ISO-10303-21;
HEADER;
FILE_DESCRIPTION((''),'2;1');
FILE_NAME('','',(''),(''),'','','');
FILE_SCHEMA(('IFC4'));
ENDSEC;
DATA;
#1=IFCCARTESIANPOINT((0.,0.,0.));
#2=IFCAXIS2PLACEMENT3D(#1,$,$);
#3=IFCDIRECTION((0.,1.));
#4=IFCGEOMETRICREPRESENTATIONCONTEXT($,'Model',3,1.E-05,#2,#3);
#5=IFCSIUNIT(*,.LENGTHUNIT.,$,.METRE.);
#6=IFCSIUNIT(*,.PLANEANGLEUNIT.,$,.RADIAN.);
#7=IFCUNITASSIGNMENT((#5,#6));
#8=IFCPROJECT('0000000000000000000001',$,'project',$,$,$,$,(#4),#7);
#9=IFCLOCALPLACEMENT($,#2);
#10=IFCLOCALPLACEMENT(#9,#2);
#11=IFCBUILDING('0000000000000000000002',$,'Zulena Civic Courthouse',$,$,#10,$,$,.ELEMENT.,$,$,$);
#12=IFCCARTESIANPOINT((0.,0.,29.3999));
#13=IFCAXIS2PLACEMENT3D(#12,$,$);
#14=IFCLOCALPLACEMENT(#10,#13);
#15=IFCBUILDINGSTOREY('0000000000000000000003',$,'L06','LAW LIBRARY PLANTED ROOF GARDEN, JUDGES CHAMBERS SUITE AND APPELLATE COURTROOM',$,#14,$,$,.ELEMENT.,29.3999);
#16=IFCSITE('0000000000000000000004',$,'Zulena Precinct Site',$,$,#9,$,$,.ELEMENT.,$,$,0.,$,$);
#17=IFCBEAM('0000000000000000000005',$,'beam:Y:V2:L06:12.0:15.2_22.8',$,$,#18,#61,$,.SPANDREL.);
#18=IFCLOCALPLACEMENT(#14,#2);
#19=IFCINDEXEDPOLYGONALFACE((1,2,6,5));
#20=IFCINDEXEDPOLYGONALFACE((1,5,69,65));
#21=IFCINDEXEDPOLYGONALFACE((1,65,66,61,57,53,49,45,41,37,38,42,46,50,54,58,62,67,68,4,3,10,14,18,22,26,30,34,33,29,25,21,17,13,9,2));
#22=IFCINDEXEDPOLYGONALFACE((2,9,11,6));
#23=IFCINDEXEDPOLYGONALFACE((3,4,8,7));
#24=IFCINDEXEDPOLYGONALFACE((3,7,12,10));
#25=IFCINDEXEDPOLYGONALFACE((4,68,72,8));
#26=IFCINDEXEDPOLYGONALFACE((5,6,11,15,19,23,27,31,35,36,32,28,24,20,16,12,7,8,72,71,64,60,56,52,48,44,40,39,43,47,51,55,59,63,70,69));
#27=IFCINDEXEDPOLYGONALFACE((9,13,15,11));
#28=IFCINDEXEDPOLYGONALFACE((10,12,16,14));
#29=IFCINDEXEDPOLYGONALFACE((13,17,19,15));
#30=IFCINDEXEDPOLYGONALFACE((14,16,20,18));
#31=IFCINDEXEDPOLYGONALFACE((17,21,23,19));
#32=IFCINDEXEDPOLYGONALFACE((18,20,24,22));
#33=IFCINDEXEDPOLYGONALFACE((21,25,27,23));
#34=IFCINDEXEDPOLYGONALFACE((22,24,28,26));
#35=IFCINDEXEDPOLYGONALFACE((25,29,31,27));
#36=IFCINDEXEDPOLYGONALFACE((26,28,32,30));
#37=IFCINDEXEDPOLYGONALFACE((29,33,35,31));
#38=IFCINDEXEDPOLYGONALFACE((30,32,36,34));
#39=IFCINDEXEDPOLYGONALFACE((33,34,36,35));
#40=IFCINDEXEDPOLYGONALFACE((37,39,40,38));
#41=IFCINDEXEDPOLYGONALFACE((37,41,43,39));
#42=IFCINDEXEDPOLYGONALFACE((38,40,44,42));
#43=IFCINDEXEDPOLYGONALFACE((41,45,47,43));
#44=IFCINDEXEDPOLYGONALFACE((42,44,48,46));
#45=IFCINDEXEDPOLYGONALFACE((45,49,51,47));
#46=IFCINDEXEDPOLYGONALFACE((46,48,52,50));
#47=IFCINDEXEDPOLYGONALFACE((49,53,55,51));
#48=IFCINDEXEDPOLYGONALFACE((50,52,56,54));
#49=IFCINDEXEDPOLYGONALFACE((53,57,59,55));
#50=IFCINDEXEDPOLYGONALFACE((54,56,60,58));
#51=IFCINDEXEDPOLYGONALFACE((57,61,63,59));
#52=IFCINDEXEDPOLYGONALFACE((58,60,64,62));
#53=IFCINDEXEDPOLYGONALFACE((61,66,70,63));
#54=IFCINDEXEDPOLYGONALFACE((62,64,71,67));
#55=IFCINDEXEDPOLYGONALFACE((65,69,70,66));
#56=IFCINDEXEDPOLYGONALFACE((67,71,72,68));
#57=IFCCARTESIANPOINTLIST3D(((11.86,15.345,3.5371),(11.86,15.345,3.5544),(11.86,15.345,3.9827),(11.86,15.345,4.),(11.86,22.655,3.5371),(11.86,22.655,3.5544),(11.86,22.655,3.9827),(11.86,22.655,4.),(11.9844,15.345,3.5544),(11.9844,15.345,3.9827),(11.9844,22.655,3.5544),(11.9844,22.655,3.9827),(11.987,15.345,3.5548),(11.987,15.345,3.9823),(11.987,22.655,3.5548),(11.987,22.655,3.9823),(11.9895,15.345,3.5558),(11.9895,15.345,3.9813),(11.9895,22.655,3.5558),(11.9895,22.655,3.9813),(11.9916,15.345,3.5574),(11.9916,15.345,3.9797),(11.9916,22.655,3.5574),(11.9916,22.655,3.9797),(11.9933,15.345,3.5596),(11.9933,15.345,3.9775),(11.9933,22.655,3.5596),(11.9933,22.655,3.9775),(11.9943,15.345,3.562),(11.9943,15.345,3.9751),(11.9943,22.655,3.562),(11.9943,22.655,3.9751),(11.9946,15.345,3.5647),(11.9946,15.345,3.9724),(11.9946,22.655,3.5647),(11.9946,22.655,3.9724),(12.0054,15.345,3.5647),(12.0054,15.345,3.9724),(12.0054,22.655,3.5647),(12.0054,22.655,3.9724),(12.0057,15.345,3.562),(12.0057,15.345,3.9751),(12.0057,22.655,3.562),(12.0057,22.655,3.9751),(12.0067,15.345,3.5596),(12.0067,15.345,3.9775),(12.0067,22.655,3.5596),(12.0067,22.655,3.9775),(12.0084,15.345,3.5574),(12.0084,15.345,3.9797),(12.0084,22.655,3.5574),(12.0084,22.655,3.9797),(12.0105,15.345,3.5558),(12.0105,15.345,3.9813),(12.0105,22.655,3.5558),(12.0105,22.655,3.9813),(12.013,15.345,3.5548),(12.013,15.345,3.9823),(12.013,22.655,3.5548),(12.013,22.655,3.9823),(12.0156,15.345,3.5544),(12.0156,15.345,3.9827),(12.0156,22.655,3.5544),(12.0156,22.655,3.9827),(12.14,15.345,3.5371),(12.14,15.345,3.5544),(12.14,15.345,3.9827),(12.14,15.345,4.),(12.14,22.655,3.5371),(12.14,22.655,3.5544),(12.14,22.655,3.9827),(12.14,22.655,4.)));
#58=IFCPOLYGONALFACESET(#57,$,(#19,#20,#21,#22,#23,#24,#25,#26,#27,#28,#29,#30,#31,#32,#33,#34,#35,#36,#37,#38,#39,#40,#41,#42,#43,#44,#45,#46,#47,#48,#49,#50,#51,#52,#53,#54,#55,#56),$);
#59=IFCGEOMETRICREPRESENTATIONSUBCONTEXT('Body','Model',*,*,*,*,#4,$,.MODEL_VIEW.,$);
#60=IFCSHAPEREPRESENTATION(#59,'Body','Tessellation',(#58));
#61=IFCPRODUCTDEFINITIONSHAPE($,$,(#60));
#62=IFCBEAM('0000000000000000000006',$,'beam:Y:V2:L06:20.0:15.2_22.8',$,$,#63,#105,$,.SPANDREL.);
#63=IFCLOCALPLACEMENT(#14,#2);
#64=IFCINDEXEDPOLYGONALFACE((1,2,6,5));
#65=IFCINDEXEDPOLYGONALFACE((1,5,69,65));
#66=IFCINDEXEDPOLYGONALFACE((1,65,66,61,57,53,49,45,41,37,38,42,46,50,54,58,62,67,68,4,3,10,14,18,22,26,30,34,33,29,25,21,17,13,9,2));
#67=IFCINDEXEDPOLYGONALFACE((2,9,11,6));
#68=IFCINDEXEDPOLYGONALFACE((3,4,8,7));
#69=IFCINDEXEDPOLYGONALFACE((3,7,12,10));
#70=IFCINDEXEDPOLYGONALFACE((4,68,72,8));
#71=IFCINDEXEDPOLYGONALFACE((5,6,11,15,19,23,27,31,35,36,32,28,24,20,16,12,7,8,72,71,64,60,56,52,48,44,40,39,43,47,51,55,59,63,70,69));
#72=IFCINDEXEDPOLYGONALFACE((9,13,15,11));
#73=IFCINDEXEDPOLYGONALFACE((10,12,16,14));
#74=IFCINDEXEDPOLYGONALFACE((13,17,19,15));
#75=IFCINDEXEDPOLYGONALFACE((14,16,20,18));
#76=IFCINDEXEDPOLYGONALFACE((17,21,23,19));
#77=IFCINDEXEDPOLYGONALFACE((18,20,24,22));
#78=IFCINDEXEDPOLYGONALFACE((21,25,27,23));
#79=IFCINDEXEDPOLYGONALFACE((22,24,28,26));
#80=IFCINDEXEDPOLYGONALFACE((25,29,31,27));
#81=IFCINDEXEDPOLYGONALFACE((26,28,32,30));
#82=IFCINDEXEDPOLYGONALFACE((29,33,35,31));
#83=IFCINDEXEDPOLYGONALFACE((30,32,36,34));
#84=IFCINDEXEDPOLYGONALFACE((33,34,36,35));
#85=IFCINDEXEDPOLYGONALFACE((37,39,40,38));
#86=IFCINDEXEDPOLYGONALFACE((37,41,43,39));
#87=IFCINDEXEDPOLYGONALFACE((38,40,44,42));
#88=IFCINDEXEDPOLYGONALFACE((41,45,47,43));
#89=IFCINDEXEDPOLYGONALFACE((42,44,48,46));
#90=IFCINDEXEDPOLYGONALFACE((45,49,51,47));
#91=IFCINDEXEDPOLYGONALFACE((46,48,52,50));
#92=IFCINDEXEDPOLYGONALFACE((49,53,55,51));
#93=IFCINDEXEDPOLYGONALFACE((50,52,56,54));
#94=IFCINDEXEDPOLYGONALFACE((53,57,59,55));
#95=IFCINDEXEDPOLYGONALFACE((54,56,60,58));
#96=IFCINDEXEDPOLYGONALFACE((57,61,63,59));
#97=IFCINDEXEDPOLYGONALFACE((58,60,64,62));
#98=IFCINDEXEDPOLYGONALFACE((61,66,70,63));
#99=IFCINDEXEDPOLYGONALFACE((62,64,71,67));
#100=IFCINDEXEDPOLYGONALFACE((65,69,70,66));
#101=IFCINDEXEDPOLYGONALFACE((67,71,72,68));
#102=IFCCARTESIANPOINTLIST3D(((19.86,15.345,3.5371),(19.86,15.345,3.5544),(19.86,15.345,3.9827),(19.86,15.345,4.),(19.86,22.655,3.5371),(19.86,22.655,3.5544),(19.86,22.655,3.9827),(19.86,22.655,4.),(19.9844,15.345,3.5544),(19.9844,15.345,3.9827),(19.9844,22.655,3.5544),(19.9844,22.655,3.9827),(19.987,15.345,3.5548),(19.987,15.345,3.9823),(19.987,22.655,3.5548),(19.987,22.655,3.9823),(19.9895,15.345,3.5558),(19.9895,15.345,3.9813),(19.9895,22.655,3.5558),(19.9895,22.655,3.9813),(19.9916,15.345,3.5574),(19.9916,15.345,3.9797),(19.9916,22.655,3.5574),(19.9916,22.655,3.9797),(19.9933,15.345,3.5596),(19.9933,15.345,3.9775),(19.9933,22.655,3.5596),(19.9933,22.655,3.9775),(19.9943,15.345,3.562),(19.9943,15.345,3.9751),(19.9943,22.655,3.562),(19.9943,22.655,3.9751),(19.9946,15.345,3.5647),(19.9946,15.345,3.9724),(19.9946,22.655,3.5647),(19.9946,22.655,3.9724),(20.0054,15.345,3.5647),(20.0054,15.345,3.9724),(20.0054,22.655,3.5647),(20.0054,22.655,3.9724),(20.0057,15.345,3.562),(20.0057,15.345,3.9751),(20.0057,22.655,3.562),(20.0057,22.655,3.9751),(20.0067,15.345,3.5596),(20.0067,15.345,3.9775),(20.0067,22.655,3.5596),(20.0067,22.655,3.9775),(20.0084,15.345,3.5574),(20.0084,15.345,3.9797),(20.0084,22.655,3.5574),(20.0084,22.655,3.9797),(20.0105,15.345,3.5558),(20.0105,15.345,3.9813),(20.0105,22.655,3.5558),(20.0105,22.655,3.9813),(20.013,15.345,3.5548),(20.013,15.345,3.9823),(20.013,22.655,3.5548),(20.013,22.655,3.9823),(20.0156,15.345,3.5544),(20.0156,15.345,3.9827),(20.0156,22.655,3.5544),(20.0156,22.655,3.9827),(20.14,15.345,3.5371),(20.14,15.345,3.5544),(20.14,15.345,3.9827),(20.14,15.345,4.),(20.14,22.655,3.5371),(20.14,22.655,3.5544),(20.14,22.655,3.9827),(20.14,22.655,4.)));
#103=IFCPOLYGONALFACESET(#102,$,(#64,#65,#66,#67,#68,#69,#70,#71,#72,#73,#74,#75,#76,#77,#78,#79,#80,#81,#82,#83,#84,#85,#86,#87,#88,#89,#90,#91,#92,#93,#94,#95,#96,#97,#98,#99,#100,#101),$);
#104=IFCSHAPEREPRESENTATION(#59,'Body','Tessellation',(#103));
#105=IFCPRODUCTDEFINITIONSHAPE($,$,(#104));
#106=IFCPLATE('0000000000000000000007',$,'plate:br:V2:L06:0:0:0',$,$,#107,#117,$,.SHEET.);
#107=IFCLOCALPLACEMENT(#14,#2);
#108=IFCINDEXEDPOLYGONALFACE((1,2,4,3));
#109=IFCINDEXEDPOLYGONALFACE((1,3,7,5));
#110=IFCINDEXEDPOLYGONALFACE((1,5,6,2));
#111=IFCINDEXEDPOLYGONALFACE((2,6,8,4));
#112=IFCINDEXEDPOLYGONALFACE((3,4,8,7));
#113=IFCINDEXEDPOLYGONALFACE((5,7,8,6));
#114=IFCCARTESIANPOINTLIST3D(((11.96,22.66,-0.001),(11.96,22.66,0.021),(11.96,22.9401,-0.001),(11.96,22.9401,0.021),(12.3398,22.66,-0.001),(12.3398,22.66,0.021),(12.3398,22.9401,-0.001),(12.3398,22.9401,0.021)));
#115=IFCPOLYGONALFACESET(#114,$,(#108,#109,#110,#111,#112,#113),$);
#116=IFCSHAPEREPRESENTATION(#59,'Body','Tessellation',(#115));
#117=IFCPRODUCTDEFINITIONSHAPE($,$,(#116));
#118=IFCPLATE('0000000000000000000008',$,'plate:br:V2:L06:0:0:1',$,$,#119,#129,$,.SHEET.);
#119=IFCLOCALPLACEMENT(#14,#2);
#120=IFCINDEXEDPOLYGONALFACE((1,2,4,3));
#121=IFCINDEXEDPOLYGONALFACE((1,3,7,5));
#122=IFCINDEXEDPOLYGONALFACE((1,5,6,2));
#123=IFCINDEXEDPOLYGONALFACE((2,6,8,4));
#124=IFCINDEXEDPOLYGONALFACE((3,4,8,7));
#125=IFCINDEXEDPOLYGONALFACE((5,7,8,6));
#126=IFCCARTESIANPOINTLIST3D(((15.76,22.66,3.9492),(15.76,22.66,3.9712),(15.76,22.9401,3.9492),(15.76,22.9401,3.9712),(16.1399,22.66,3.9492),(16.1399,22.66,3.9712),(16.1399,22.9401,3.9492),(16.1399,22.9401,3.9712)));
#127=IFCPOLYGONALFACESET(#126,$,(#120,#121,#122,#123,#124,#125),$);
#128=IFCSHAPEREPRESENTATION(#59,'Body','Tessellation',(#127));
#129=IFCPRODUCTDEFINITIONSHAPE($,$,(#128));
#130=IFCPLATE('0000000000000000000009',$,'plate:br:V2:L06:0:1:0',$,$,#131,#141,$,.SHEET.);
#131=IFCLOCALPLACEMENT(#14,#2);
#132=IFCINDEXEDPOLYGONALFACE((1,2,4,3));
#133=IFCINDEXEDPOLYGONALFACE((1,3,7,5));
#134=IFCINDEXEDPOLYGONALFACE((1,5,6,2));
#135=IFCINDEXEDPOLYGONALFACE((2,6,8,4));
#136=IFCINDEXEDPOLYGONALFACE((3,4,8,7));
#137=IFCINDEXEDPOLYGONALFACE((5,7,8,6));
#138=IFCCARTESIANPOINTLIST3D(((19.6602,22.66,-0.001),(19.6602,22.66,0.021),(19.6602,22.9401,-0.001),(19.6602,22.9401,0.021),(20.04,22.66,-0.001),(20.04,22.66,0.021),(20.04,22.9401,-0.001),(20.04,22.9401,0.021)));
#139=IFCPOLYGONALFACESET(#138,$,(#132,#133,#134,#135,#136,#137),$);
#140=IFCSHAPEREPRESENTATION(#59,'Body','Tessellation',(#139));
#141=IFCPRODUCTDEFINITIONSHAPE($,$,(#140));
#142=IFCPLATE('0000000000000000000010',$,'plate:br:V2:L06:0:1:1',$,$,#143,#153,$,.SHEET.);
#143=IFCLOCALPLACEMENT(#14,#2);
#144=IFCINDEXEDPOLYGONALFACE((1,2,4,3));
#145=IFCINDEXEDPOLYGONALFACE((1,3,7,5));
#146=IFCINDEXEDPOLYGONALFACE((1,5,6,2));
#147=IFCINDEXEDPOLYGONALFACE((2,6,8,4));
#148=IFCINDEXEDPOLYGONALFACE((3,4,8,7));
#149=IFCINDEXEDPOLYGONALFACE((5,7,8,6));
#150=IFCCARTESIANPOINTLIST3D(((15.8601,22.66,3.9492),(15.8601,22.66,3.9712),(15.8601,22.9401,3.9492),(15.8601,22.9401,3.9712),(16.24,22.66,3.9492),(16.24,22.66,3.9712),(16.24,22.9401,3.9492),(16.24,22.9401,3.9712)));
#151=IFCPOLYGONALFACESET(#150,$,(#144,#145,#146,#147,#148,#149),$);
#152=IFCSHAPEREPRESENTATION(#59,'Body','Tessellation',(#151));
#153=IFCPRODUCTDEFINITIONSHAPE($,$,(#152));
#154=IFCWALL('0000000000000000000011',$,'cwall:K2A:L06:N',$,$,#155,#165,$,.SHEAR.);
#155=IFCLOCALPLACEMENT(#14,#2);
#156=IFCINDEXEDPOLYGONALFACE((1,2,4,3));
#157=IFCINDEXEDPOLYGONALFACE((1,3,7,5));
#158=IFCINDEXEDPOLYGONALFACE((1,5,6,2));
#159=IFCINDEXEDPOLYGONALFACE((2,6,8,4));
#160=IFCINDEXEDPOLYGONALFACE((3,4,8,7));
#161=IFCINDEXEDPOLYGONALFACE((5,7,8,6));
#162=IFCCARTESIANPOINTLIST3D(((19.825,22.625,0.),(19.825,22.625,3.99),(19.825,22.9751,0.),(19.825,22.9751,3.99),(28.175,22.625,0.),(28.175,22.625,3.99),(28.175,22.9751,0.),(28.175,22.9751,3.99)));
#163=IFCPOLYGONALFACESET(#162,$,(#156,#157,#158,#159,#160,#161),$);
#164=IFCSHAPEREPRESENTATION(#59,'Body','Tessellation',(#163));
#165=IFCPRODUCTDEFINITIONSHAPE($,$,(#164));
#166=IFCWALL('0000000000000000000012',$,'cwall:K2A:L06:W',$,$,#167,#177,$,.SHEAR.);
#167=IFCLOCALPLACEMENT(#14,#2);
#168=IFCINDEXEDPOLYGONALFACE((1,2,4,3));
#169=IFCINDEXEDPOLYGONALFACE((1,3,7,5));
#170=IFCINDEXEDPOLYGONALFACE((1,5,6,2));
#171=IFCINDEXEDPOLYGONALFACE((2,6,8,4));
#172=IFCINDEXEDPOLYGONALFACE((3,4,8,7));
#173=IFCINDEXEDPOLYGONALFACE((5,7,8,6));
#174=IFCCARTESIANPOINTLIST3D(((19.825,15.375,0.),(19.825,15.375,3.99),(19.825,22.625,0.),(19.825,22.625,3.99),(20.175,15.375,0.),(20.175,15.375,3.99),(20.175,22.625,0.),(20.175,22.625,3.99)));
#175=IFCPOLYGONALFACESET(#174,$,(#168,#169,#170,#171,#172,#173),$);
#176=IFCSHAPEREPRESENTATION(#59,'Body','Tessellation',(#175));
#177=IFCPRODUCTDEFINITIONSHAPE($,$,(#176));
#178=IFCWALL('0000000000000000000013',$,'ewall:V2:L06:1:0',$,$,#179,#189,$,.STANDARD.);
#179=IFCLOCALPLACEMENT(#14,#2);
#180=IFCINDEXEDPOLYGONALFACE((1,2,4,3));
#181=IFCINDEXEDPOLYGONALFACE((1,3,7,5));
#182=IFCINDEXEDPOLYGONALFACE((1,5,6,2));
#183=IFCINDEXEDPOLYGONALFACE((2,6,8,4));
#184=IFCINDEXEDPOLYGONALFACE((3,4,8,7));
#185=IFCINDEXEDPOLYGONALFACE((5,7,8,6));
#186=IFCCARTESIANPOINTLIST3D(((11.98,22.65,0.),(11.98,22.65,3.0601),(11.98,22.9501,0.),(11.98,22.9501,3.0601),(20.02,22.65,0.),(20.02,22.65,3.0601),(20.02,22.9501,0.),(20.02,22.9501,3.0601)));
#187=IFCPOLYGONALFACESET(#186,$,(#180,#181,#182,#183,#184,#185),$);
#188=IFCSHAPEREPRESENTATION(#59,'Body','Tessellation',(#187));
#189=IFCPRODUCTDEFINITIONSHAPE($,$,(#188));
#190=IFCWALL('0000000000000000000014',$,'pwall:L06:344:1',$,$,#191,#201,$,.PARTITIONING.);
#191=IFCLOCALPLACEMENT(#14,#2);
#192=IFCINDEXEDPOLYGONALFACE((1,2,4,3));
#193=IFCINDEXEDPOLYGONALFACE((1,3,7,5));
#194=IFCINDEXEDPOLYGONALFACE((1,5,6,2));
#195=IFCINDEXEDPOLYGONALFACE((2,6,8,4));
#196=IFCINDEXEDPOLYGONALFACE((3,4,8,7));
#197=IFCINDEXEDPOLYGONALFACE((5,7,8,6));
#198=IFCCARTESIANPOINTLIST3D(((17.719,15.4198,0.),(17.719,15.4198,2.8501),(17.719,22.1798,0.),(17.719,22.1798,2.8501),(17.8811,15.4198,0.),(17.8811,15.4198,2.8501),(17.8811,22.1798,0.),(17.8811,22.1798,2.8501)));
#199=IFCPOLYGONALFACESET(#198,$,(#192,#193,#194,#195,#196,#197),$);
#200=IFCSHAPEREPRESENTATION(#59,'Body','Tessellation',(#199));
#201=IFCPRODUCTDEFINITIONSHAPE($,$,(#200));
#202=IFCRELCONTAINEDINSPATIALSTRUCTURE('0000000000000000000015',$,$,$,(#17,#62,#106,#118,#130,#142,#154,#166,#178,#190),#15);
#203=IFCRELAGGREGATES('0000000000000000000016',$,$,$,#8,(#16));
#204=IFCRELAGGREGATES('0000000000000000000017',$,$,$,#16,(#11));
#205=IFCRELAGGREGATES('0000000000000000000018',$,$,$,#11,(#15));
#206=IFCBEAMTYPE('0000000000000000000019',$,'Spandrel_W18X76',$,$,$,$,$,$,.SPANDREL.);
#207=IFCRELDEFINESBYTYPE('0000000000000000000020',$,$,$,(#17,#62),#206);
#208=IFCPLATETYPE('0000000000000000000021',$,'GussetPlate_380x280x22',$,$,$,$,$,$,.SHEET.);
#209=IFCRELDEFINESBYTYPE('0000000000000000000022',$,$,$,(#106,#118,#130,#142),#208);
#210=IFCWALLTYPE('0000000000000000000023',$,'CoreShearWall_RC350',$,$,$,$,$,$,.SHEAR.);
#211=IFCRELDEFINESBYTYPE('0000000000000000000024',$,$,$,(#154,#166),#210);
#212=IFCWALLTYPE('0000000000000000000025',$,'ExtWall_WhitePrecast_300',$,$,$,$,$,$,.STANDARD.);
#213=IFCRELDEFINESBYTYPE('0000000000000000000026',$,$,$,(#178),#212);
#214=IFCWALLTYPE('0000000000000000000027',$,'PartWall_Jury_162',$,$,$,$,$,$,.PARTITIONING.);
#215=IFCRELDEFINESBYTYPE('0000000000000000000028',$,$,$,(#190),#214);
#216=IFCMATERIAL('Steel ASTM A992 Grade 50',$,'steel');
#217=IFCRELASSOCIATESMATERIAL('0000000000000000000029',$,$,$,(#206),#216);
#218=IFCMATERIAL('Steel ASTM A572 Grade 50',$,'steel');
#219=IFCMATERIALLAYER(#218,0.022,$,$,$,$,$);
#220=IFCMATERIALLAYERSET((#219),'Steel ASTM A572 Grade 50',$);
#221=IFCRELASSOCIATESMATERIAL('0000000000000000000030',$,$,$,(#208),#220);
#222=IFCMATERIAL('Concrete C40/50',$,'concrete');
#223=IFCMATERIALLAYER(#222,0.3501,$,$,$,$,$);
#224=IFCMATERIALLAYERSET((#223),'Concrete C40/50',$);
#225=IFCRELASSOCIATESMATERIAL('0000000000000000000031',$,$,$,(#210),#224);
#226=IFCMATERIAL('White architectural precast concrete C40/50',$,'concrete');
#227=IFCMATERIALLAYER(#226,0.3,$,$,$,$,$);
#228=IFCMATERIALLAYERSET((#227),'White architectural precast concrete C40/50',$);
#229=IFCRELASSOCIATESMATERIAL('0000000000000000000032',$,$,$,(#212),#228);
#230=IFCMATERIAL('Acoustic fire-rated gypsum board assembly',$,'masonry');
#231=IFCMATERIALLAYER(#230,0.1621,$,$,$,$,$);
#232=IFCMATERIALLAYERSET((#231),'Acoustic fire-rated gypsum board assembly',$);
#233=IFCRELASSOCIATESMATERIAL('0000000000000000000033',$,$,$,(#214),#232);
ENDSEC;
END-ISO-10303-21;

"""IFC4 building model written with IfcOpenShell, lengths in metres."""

from ifc_helpers import new_model, si_unit, direction, frame, frame_2d, origin, origin_2d, place, context, subcontext, project, spatial, rectangle, i_section, extrude, material, layer, layer_set, material_profile, profile_set, type_object, element, save


model = new_model("IFC4")

# Units and contexts
model_context = context("Model", 3, precision=1e-05, world=origin(), true_north=direction((0.0, 1.0)))
body_context = subcontext(model_context, "Body", "Model", "MODEL_VIEW")
ifc_project = project(units=[si_unit("LENGTHUNIT", "METRE"), si_unit("PLANEANGLEUNIT", "RADIAN")], contexts=[model_context])

# Site, building, storey
site_placement = place(None, origin())
site = spatial("IfcSite", under=ifc_project, at=site_placement, Name="Zulena Precinct Site", CompositionType="ELEMENT", RefElevation=0.0)
building_placement = place(site_placement, origin())
building = spatial("IfcBuilding", under=site, at=building_placement, Name="Zulena Civic Courthouse", CompositionType="ELEMENT")
storey_placement = place(building_placement, frame((0.0, 0.0, 29.3999)))
storey = spatial("IfcBuildingStorey", under=building, at=storey_placement, Name="L06", Description="LAW LIBRARY PLANTED ROOF GARDEN, JUDGES CHAMBERS SUITE AND APPELLATE COURTROOM", CompositionType="ELEMENT", Elevation=29.3999)

# Shared definitions
ifc_material_1 = material(Name="Steel ASTM A992 Grade 50", Category="steel")

# Beams
ifc_material_profile_1 = material_profile(ifc_material_1, i_section(OverallWidth=0.28, OverallDepth=0.4629, WebThickness=0.0107, FlangeThickness=0.0173, FilletRadius=0.0103, at=origin_2d()), Name="W18X76")
ifc_profile_set_1 = profile_set([ifc_material_profile_1], Name="Steel ASTM A992 Grade 50")
beam_type_1 = type_object("IfcBeamType", Name="Spandrel_W18X76", PredefinedType="SPANDREL", material=ifc_profile_set_1)
for number, where, z_axis, x_axis, name in (
    (1, (12.0, 15.345, 3.7686), (0.0, 1.0, 0.0), (-1.0, 0.0, 0.0), "beam:Y:V2:L06:12.0:15.2_22.8"),
    (2, (20.0, 15.345, 3.7686), (0.0, 1.0, 0.0), (-1.0, 0.0, 0.0), "beam:Y:V2:L06:20.0:15.2_22.8"),
):
    element("IfcBeam", number, at=place(storey_placement, frame(where, z_axis=z_axis, x_axis=x_axis)), inside=storey, type_object=beam_type_1, Name=name, PredefinedType="SPANDREL", context=body_context, shape_type="SweptSolid", body=[
        extrude(i_section(OverallWidth=0.28, OverallDepth=0.4629, WebThickness=0.0107, FlangeThickness=0.0173, FilletRadius=0.0103, at=origin_2d()), origin(), (0.0, 0.0, 1.0), 7.3101),
    ])

# Plates
ifc_material_2 = material(Name="Steel ASTM A572 Grade 50", Category="steel")
ifc_layer_1 = layer(ifc_material_2, 0.022)
ifc_layer_set_1 = layer_set([ifc_layer_1], Name="Steel ASTM A572 Grade 50")
plate_type = type_object("IfcPlateType", Name="GussetPlate_380x280x22", PredefinedType="SHEET", material=ifc_layer_set_1)
for number, where, z_axis, x_axis, name in (
    (3, (12.1499, 22.8, -0.001), (0.0, 0.0, 1.0), (1.0, 0.0, 0.0), "plate:br:V2:L06:0:0:0"),
    (4, (15.95, 22.8, 3.9492), (0.0, 0.0, 1.0), (1.0, 0.0, 0.0), "plate:br:V2:L06:0:0:1"),
    (5, (19.8501, 22.8, -0.001), (0.0, 0.0, 1.0), (1.0, 0.0, 0.0), "plate:br:V2:L06:0:1:0"),
    (6, (16.05, 22.8, 3.9492), (0.0, 0.0, 1.0), (1.0, 0.0, 0.0), "plate:br:V2:L06:0:1:1"),
):
    element("IfcPlate", number, at=place(storey_placement, frame(where, z_axis=z_axis, x_axis=x_axis)), inside=storey, type_object=plate_type, Name=name, PredefinedType="SHEET", context=body_context, shape_type="SweptSolid", body=[
        extrude(rectangle(XDim=0.3799, YDim=0.28, at=origin_2d()), origin(), (0.0, 0.0, 1.0), 0.022),
    ])

# Walls
ifc_material_3 = material(Name="Concrete C40/50", Category="concrete")
ifc_layer_2 = layer(ifc_material_3, 0.3501)
ifc_layer_set_2 = layer_set([ifc_layer_2], Name="Concrete C40/50")
wall_type_1 = type_object("IfcWallType", Name="CoreShearWall_RC350", PredefinedType="SHEAR", material=ifc_layer_set_2)
wall_1_placement = place(storey_placement, frame((19.825, 22.8, 0.0), z_axis=(0.0, 0.0, 1.0), x_axis=(1.0, 0.0, 0.0)))
element("IfcWall", 7, at=wall_1_placement, inside=storey, type_object=wall_type_1, Name="cwall:K2A:L06:N", PredefinedType="SHEAR", context=body_context, shape_type="SweptSolid", body=[
    extrude(rectangle(XDim=8.3501, YDim=0.3501, at=frame_2d((4.175, 0.0))), origin(), (0.0, 0.0, 1.0), 3.99),
])
wall_2_placement = place(storey_placement, frame((20.0, 15.375, 0.0), z_axis=(0.0, 0.0, 1.0), x_axis=(0.0, 1.0, 0.0)))
element("IfcWall", 8, at=wall_2_placement, inside=storey, type_object=wall_type_1, Name="cwall:K2A:L06:W", PredefinedType="SHEAR", context=body_context, shape_type="SweptSolid", body=[
    extrude(rectangle(XDim=7.25, YDim=0.3501, at=frame_2d((3.625, 0.0))), origin(), (0.0, 0.0, 1.0), 3.99),
])
ifc_material_4 = material(Name="White architectural precast concrete C40/50", Category="concrete")
ifc_layer_3 = layer(ifc_material_4, 0.3)
ifc_layer_set_3 = layer_set([ifc_layer_3], Name="White architectural precast concrete C40/50")
wall_type_2 = type_object("IfcWallType", Name="ExtWall_WhitePrecast_300", PredefinedType="STANDARD", material=ifc_layer_set_3)
wall_3_placement = place(storey_placement, frame((11.98, 22.8, 0.0), z_axis=(0.0, 0.0, 1.0), x_axis=(1.0, 0.0, 0.0)))
element("IfcWall", 9, at=wall_3_placement, inside=storey, type_object=wall_type_2, Name="ewall:V2:L06:1:0", PredefinedType="STANDARD", context=body_context, shape_type="SweptSolid", body=[
    extrude(rectangle(XDim=8.04, YDim=0.3, at=frame_2d((4.02, 0.0))), origin(), (0.0, 0.0, 1.0), 3.0601),
])
ifc_material_5 = material(Name="Acoustic fire-rated gypsum board assembly", Category="masonry")
ifc_layer_4 = layer(ifc_material_5, 0.1621)
ifc_layer_set_4 = layer_set([ifc_layer_4], Name="Acoustic fire-rated gypsum board assembly")
wall_type_3 = type_object("IfcWallType", Name="PartWall_Jury_162", PredefinedType="PARTITIONING", material=ifc_layer_set_4)
wall_4_placement = place(storey_placement, frame((17.8, 15.4199, 0.0), z_axis=(0.0, 0.0, 1.0), x_axis=(0.0, 1.0, 0.0)))
element("IfcWall", 10, at=wall_4_placement, inside=storey, type_object=wall_type_3, Name="pwall:L06:344:1", PredefinedType="PARTITIONING", context=body_context, shape_type="SweptSolid", body=[
    extrude(rectangle(XDim=6.76, YDim=0.1621, at=frame_2d((3.3799, 0.0))), origin(), (0.0, 0.0, 1.0), 2.8501),
])

save(model, "model.ifc")
